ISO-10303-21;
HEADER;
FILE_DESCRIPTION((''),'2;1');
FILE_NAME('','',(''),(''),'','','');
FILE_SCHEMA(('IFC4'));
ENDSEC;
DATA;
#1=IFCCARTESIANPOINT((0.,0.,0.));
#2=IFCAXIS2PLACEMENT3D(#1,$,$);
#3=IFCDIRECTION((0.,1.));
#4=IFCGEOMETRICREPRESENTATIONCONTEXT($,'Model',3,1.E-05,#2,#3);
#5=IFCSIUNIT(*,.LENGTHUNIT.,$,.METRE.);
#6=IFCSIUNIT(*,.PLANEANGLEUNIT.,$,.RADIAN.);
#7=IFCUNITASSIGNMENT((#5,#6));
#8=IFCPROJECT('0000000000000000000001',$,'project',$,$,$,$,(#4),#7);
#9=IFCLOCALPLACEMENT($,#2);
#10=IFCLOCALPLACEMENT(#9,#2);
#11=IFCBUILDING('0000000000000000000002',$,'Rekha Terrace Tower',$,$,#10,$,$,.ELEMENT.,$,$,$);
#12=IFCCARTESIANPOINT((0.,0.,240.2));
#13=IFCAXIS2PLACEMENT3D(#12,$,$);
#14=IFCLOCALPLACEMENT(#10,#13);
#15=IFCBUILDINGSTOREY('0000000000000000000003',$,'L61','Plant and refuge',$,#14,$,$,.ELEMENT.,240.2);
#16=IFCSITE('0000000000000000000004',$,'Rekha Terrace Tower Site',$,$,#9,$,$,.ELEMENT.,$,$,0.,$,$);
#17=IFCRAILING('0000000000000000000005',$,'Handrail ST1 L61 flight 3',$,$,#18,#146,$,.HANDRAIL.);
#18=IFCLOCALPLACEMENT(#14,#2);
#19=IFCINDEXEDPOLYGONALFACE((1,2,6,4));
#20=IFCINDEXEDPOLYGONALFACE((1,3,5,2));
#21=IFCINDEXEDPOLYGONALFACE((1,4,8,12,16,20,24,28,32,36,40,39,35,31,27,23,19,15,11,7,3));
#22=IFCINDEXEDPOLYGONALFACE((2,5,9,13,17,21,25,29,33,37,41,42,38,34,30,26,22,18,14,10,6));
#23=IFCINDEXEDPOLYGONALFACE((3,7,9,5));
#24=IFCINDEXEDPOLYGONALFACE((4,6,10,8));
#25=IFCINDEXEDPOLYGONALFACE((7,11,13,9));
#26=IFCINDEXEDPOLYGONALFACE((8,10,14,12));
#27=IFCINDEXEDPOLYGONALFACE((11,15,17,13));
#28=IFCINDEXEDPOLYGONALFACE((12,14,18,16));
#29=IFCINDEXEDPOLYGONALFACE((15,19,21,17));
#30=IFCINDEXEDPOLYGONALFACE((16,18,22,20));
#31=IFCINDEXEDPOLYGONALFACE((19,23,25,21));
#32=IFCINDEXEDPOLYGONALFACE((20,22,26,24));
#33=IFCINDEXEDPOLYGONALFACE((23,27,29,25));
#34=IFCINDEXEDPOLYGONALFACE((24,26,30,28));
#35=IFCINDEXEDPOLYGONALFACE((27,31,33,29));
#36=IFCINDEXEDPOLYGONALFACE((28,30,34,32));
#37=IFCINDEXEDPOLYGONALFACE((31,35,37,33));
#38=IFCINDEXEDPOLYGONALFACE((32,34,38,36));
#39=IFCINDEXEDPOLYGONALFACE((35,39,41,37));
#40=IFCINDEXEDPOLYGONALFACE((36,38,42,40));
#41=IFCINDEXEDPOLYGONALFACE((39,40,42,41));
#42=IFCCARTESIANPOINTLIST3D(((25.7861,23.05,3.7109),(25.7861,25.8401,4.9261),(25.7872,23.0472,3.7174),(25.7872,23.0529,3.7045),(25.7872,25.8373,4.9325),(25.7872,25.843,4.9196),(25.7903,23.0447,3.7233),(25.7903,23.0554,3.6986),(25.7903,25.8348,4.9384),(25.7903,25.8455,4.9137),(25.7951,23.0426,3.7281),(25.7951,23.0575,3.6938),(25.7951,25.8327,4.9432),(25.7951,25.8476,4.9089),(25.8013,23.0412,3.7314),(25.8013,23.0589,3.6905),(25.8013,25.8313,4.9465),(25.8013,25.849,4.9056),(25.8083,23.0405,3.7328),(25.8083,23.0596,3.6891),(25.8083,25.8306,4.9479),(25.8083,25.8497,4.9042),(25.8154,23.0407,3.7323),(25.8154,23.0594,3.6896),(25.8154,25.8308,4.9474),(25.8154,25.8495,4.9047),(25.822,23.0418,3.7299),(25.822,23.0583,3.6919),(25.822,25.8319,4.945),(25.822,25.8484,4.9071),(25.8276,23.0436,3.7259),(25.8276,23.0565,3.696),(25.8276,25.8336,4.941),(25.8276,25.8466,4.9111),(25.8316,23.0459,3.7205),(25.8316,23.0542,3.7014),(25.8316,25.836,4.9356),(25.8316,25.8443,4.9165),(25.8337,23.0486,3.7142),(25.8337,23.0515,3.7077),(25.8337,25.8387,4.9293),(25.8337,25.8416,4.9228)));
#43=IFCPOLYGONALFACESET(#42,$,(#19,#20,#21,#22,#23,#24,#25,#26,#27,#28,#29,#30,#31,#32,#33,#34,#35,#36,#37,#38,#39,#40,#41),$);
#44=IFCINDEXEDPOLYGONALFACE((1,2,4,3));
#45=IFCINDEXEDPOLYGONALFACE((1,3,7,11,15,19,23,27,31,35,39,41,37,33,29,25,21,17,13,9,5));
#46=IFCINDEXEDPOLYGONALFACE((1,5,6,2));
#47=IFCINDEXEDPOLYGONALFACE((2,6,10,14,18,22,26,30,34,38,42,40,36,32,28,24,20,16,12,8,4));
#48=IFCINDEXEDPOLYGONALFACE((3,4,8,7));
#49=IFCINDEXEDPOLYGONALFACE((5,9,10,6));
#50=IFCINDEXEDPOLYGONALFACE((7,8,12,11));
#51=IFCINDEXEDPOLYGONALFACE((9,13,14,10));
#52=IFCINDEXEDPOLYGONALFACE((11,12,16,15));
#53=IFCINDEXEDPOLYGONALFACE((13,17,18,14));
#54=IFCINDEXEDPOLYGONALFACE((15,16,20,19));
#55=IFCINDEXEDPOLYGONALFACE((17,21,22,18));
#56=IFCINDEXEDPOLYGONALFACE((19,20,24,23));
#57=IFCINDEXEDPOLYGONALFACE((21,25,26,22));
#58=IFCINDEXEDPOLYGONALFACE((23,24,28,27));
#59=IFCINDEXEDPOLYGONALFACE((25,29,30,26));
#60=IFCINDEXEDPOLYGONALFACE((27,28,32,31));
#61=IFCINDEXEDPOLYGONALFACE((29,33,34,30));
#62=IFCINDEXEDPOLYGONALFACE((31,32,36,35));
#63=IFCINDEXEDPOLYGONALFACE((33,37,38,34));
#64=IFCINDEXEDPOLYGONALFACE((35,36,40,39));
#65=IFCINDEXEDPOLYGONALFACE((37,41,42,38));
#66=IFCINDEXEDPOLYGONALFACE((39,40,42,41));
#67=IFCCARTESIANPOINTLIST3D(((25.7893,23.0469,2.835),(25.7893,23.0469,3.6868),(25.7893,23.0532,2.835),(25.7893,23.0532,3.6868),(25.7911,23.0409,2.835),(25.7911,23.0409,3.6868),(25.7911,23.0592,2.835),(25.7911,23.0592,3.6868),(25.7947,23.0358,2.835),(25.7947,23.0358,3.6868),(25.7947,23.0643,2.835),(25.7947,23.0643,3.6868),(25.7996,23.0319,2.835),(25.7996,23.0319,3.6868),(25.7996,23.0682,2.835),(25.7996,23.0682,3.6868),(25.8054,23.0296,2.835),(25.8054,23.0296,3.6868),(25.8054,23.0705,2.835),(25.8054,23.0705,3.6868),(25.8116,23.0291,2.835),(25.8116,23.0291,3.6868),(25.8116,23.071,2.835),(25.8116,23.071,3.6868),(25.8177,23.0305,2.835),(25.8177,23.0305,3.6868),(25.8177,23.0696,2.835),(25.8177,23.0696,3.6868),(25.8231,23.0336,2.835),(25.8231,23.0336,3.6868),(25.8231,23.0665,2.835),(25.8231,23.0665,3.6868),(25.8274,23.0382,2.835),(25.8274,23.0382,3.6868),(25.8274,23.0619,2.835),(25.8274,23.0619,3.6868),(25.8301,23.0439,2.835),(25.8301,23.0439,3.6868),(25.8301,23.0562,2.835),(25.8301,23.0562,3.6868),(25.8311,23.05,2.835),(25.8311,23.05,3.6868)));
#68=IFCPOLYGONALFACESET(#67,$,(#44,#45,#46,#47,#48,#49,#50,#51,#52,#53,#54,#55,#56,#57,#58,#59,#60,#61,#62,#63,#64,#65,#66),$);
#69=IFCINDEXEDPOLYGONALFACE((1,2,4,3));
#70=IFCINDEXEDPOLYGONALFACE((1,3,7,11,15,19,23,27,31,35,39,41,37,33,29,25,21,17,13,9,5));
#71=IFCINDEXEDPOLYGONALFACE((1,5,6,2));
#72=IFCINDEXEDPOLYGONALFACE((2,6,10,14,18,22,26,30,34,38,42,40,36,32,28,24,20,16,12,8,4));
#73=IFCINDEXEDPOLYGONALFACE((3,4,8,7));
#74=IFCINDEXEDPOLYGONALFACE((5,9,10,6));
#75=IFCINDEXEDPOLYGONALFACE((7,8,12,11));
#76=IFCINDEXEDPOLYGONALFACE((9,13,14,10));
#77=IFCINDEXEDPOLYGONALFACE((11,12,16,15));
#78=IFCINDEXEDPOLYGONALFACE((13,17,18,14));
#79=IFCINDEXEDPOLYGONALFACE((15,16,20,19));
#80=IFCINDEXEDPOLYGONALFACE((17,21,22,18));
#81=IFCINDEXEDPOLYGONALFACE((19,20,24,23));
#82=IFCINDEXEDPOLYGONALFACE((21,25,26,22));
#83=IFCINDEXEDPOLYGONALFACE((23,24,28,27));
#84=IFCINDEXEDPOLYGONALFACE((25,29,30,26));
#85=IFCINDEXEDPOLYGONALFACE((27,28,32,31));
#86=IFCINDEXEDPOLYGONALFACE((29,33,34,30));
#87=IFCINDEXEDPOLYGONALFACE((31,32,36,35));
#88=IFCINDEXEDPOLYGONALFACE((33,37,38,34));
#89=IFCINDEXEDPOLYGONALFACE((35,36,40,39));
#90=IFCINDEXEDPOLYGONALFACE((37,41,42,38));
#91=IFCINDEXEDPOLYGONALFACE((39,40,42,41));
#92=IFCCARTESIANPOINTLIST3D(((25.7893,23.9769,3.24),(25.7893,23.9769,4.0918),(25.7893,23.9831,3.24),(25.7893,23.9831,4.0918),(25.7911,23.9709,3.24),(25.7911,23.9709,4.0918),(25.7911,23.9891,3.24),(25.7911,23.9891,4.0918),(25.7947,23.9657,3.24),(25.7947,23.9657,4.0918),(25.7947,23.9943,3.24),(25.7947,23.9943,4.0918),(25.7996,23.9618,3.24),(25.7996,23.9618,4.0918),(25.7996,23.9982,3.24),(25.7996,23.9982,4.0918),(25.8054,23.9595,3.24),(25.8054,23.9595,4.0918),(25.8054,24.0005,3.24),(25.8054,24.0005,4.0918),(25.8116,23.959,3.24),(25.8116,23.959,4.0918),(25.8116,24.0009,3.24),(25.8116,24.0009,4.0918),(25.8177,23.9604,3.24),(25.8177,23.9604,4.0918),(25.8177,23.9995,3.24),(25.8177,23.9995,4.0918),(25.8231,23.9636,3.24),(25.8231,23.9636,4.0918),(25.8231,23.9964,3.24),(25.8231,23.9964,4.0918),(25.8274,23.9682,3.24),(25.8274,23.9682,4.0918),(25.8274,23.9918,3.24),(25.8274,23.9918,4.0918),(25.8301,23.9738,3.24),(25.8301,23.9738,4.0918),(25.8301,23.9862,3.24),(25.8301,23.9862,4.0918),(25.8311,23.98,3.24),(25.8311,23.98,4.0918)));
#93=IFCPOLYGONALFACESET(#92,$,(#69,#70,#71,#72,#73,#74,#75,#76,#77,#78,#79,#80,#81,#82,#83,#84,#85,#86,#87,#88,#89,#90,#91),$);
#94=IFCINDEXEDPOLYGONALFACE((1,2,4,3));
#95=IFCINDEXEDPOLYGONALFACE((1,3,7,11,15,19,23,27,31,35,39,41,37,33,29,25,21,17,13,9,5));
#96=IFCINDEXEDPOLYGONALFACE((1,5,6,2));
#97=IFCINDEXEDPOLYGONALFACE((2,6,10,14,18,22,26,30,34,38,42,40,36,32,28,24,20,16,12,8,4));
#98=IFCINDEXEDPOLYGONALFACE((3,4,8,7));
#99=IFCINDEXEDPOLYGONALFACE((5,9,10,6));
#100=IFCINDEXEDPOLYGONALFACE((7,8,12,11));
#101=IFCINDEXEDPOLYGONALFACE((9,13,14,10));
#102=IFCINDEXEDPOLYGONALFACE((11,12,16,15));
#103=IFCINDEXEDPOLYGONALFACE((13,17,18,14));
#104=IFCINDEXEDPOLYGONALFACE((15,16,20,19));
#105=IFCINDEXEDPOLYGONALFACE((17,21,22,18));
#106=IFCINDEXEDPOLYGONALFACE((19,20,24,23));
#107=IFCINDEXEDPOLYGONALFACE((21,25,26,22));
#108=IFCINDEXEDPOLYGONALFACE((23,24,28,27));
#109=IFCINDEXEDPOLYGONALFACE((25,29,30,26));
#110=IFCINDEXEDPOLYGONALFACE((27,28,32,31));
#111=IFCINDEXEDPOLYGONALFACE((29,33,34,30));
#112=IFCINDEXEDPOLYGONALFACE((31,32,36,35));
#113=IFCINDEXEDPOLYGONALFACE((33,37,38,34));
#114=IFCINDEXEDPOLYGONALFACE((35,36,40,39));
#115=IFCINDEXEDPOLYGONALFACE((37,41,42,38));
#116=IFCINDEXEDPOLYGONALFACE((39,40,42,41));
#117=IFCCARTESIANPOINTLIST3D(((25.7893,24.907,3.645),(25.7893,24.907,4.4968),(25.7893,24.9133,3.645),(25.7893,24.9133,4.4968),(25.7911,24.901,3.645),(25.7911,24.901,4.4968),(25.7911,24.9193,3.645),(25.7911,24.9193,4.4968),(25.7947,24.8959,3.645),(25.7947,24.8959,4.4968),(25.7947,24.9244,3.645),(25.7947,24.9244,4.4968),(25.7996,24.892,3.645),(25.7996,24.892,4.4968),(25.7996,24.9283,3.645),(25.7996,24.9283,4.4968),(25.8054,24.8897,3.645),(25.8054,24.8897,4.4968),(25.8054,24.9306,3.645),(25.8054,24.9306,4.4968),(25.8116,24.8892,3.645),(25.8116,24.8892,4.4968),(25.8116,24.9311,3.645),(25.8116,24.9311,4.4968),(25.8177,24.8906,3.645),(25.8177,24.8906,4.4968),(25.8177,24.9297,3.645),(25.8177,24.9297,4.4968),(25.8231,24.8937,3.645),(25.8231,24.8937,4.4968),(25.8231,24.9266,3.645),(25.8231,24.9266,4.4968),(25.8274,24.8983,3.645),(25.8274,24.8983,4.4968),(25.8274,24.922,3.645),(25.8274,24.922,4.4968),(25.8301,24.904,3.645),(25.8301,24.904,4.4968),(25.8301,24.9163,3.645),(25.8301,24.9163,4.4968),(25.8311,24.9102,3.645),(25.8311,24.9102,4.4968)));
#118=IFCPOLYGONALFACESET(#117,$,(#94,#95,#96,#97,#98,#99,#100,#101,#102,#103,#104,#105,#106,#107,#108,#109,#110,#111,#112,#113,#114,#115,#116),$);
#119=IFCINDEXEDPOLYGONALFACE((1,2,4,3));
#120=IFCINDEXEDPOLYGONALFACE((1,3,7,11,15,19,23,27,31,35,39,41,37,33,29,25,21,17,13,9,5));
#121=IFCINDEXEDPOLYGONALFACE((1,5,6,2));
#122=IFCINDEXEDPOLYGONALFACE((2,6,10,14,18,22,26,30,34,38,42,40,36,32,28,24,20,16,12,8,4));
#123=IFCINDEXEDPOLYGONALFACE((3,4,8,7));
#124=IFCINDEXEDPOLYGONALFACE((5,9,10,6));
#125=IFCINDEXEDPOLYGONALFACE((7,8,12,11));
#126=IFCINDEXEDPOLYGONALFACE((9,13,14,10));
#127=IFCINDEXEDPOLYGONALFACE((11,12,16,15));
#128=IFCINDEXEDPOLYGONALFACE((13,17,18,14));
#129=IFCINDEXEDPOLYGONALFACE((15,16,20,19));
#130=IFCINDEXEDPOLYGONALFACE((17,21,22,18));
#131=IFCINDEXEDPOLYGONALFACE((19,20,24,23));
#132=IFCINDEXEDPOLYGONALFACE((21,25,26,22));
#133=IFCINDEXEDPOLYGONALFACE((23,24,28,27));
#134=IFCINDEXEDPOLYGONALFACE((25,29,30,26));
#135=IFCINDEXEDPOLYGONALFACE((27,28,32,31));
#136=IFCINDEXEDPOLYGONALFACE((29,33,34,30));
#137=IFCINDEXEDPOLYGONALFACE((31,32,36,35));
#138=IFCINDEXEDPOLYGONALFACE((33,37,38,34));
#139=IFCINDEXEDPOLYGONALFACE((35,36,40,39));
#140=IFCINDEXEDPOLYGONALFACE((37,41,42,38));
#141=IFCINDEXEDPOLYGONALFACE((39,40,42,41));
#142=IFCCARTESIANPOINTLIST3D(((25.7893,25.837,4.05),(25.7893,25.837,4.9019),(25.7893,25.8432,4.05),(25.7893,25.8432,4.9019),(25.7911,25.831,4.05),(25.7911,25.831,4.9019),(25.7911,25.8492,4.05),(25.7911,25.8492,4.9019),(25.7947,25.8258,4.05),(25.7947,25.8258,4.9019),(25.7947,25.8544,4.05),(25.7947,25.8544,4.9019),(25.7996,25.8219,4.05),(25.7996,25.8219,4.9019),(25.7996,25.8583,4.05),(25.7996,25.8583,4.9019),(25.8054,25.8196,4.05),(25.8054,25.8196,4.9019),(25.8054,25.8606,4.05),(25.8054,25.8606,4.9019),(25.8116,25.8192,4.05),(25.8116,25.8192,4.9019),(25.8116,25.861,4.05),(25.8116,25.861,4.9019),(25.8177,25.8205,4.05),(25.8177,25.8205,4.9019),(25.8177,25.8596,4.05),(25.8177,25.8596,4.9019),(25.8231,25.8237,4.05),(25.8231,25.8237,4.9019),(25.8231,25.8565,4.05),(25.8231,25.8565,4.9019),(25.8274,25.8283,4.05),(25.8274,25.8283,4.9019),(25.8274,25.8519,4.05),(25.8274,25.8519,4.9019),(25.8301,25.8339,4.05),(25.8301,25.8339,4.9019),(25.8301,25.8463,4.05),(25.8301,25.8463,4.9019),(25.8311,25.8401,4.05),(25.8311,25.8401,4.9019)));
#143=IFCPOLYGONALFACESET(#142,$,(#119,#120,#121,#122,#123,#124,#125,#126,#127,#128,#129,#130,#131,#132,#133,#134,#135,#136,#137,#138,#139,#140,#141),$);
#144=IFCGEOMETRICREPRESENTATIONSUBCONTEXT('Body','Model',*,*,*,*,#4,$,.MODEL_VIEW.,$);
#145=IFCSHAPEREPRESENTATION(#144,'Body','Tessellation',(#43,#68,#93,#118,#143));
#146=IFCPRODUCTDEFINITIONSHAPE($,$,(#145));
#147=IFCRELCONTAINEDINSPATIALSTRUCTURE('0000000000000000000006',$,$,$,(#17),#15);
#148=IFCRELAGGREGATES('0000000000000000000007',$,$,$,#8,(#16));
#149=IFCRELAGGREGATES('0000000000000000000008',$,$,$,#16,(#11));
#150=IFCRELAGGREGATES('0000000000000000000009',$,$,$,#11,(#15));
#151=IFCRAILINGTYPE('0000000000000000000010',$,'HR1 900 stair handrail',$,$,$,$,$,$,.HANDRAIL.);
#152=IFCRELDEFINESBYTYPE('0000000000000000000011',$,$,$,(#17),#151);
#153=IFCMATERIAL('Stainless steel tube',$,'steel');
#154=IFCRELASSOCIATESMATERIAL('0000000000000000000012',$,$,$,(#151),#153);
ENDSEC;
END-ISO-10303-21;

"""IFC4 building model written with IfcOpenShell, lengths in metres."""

from ifc_helpers import new_model, si_unit, direction, frame, origin, origin_2d, place, context, subcontext, project, spatial, circle, extrude, material, type_object, element, save


model = new_model("IFC4")

# Units and contexts
model_context = context("Model", 3, precision=1e-05, world=origin(), true_north=direction((0.0, 1.0)))
body_context = subcontext(model_context, "Body", "Model", "MODEL_VIEW")
ifc_project = project(units=[si_unit("LENGTHUNIT", "METRE"), si_unit("PLANEANGLEUNIT", "RADIAN")], contexts=[model_context])

# Site, building, storey
site_placement = place(None, origin())
site = spatial("IfcSite", under=ifc_project, at=site_placement, Name="Rekha Terrace Tower Site", CompositionType="ELEMENT", RefElevation=0.0)
building_placement = place(site_placement, origin())
building = spatial("IfcBuilding", under=site, at=building_placement, Name="Rekha Terrace Tower", CompositionType="ELEMENT")
storey_placement = place(building_placement, frame((0.0, 0.0, 240.2)))
storey = spatial("IfcBuildingStorey", under=building, at=storey_placement, Name="L61", Description="Plant and refuge", CompositionType="ELEMENT", Elevation=240.2)

# Railing
ifc_material_1 = material(Name="Stainless steel tube", Category="steel")
railing_type_1 = type_object("IfcRailingType", Name="HR1 900 stair handrail", PredefinedType="HANDRAIL", material=ifc_material_1)
railing_1_placement = place(storey_placement, frame((25.8101, 23.05, 2.835)))
element("IfcRailing", 1, at=railing_1_placement, inside=storey, type_object=railing_type_1, Name="Handrail ST1 L61 flight 3", PredefinedType="HANDRAIL", context=body_context, shape_type="SweptSolid", body=[
    extrude(circle(Radius=0.0239, at=origin_2d()), frame((0.0, 0.0, 0.876), z_axis=(0.0, 0.916826, 0.399286), x_axis=(-1.0, 0.0, 0.0)), (0.0, 0.0, 1.0), 3.0432),
    extrude(circle(Radius=0.021, at=origin_2d()), origin(), (0.0, 0.0, 1.0), 0.8518),
    extrude(circle(Radius=0.021, at=origin_2d()), frame((0.0, 0.9299, 0.405)), (0.0, 0.0, 1.0), 0.8518),
    extrude(circle(Radius=0.021, at=origin_2d()), frame((0.0, 1.8601, 0.8101)), (0.0, 0.0, 1.0), 0.8518),
    extrude(circle(Radius=0.021, at=origin_2d()), frame((0.0, 2.79, 1.2151)), (0.0, 0.0, 1.0), 0.8518),
])

save(model, "model.ifc")
